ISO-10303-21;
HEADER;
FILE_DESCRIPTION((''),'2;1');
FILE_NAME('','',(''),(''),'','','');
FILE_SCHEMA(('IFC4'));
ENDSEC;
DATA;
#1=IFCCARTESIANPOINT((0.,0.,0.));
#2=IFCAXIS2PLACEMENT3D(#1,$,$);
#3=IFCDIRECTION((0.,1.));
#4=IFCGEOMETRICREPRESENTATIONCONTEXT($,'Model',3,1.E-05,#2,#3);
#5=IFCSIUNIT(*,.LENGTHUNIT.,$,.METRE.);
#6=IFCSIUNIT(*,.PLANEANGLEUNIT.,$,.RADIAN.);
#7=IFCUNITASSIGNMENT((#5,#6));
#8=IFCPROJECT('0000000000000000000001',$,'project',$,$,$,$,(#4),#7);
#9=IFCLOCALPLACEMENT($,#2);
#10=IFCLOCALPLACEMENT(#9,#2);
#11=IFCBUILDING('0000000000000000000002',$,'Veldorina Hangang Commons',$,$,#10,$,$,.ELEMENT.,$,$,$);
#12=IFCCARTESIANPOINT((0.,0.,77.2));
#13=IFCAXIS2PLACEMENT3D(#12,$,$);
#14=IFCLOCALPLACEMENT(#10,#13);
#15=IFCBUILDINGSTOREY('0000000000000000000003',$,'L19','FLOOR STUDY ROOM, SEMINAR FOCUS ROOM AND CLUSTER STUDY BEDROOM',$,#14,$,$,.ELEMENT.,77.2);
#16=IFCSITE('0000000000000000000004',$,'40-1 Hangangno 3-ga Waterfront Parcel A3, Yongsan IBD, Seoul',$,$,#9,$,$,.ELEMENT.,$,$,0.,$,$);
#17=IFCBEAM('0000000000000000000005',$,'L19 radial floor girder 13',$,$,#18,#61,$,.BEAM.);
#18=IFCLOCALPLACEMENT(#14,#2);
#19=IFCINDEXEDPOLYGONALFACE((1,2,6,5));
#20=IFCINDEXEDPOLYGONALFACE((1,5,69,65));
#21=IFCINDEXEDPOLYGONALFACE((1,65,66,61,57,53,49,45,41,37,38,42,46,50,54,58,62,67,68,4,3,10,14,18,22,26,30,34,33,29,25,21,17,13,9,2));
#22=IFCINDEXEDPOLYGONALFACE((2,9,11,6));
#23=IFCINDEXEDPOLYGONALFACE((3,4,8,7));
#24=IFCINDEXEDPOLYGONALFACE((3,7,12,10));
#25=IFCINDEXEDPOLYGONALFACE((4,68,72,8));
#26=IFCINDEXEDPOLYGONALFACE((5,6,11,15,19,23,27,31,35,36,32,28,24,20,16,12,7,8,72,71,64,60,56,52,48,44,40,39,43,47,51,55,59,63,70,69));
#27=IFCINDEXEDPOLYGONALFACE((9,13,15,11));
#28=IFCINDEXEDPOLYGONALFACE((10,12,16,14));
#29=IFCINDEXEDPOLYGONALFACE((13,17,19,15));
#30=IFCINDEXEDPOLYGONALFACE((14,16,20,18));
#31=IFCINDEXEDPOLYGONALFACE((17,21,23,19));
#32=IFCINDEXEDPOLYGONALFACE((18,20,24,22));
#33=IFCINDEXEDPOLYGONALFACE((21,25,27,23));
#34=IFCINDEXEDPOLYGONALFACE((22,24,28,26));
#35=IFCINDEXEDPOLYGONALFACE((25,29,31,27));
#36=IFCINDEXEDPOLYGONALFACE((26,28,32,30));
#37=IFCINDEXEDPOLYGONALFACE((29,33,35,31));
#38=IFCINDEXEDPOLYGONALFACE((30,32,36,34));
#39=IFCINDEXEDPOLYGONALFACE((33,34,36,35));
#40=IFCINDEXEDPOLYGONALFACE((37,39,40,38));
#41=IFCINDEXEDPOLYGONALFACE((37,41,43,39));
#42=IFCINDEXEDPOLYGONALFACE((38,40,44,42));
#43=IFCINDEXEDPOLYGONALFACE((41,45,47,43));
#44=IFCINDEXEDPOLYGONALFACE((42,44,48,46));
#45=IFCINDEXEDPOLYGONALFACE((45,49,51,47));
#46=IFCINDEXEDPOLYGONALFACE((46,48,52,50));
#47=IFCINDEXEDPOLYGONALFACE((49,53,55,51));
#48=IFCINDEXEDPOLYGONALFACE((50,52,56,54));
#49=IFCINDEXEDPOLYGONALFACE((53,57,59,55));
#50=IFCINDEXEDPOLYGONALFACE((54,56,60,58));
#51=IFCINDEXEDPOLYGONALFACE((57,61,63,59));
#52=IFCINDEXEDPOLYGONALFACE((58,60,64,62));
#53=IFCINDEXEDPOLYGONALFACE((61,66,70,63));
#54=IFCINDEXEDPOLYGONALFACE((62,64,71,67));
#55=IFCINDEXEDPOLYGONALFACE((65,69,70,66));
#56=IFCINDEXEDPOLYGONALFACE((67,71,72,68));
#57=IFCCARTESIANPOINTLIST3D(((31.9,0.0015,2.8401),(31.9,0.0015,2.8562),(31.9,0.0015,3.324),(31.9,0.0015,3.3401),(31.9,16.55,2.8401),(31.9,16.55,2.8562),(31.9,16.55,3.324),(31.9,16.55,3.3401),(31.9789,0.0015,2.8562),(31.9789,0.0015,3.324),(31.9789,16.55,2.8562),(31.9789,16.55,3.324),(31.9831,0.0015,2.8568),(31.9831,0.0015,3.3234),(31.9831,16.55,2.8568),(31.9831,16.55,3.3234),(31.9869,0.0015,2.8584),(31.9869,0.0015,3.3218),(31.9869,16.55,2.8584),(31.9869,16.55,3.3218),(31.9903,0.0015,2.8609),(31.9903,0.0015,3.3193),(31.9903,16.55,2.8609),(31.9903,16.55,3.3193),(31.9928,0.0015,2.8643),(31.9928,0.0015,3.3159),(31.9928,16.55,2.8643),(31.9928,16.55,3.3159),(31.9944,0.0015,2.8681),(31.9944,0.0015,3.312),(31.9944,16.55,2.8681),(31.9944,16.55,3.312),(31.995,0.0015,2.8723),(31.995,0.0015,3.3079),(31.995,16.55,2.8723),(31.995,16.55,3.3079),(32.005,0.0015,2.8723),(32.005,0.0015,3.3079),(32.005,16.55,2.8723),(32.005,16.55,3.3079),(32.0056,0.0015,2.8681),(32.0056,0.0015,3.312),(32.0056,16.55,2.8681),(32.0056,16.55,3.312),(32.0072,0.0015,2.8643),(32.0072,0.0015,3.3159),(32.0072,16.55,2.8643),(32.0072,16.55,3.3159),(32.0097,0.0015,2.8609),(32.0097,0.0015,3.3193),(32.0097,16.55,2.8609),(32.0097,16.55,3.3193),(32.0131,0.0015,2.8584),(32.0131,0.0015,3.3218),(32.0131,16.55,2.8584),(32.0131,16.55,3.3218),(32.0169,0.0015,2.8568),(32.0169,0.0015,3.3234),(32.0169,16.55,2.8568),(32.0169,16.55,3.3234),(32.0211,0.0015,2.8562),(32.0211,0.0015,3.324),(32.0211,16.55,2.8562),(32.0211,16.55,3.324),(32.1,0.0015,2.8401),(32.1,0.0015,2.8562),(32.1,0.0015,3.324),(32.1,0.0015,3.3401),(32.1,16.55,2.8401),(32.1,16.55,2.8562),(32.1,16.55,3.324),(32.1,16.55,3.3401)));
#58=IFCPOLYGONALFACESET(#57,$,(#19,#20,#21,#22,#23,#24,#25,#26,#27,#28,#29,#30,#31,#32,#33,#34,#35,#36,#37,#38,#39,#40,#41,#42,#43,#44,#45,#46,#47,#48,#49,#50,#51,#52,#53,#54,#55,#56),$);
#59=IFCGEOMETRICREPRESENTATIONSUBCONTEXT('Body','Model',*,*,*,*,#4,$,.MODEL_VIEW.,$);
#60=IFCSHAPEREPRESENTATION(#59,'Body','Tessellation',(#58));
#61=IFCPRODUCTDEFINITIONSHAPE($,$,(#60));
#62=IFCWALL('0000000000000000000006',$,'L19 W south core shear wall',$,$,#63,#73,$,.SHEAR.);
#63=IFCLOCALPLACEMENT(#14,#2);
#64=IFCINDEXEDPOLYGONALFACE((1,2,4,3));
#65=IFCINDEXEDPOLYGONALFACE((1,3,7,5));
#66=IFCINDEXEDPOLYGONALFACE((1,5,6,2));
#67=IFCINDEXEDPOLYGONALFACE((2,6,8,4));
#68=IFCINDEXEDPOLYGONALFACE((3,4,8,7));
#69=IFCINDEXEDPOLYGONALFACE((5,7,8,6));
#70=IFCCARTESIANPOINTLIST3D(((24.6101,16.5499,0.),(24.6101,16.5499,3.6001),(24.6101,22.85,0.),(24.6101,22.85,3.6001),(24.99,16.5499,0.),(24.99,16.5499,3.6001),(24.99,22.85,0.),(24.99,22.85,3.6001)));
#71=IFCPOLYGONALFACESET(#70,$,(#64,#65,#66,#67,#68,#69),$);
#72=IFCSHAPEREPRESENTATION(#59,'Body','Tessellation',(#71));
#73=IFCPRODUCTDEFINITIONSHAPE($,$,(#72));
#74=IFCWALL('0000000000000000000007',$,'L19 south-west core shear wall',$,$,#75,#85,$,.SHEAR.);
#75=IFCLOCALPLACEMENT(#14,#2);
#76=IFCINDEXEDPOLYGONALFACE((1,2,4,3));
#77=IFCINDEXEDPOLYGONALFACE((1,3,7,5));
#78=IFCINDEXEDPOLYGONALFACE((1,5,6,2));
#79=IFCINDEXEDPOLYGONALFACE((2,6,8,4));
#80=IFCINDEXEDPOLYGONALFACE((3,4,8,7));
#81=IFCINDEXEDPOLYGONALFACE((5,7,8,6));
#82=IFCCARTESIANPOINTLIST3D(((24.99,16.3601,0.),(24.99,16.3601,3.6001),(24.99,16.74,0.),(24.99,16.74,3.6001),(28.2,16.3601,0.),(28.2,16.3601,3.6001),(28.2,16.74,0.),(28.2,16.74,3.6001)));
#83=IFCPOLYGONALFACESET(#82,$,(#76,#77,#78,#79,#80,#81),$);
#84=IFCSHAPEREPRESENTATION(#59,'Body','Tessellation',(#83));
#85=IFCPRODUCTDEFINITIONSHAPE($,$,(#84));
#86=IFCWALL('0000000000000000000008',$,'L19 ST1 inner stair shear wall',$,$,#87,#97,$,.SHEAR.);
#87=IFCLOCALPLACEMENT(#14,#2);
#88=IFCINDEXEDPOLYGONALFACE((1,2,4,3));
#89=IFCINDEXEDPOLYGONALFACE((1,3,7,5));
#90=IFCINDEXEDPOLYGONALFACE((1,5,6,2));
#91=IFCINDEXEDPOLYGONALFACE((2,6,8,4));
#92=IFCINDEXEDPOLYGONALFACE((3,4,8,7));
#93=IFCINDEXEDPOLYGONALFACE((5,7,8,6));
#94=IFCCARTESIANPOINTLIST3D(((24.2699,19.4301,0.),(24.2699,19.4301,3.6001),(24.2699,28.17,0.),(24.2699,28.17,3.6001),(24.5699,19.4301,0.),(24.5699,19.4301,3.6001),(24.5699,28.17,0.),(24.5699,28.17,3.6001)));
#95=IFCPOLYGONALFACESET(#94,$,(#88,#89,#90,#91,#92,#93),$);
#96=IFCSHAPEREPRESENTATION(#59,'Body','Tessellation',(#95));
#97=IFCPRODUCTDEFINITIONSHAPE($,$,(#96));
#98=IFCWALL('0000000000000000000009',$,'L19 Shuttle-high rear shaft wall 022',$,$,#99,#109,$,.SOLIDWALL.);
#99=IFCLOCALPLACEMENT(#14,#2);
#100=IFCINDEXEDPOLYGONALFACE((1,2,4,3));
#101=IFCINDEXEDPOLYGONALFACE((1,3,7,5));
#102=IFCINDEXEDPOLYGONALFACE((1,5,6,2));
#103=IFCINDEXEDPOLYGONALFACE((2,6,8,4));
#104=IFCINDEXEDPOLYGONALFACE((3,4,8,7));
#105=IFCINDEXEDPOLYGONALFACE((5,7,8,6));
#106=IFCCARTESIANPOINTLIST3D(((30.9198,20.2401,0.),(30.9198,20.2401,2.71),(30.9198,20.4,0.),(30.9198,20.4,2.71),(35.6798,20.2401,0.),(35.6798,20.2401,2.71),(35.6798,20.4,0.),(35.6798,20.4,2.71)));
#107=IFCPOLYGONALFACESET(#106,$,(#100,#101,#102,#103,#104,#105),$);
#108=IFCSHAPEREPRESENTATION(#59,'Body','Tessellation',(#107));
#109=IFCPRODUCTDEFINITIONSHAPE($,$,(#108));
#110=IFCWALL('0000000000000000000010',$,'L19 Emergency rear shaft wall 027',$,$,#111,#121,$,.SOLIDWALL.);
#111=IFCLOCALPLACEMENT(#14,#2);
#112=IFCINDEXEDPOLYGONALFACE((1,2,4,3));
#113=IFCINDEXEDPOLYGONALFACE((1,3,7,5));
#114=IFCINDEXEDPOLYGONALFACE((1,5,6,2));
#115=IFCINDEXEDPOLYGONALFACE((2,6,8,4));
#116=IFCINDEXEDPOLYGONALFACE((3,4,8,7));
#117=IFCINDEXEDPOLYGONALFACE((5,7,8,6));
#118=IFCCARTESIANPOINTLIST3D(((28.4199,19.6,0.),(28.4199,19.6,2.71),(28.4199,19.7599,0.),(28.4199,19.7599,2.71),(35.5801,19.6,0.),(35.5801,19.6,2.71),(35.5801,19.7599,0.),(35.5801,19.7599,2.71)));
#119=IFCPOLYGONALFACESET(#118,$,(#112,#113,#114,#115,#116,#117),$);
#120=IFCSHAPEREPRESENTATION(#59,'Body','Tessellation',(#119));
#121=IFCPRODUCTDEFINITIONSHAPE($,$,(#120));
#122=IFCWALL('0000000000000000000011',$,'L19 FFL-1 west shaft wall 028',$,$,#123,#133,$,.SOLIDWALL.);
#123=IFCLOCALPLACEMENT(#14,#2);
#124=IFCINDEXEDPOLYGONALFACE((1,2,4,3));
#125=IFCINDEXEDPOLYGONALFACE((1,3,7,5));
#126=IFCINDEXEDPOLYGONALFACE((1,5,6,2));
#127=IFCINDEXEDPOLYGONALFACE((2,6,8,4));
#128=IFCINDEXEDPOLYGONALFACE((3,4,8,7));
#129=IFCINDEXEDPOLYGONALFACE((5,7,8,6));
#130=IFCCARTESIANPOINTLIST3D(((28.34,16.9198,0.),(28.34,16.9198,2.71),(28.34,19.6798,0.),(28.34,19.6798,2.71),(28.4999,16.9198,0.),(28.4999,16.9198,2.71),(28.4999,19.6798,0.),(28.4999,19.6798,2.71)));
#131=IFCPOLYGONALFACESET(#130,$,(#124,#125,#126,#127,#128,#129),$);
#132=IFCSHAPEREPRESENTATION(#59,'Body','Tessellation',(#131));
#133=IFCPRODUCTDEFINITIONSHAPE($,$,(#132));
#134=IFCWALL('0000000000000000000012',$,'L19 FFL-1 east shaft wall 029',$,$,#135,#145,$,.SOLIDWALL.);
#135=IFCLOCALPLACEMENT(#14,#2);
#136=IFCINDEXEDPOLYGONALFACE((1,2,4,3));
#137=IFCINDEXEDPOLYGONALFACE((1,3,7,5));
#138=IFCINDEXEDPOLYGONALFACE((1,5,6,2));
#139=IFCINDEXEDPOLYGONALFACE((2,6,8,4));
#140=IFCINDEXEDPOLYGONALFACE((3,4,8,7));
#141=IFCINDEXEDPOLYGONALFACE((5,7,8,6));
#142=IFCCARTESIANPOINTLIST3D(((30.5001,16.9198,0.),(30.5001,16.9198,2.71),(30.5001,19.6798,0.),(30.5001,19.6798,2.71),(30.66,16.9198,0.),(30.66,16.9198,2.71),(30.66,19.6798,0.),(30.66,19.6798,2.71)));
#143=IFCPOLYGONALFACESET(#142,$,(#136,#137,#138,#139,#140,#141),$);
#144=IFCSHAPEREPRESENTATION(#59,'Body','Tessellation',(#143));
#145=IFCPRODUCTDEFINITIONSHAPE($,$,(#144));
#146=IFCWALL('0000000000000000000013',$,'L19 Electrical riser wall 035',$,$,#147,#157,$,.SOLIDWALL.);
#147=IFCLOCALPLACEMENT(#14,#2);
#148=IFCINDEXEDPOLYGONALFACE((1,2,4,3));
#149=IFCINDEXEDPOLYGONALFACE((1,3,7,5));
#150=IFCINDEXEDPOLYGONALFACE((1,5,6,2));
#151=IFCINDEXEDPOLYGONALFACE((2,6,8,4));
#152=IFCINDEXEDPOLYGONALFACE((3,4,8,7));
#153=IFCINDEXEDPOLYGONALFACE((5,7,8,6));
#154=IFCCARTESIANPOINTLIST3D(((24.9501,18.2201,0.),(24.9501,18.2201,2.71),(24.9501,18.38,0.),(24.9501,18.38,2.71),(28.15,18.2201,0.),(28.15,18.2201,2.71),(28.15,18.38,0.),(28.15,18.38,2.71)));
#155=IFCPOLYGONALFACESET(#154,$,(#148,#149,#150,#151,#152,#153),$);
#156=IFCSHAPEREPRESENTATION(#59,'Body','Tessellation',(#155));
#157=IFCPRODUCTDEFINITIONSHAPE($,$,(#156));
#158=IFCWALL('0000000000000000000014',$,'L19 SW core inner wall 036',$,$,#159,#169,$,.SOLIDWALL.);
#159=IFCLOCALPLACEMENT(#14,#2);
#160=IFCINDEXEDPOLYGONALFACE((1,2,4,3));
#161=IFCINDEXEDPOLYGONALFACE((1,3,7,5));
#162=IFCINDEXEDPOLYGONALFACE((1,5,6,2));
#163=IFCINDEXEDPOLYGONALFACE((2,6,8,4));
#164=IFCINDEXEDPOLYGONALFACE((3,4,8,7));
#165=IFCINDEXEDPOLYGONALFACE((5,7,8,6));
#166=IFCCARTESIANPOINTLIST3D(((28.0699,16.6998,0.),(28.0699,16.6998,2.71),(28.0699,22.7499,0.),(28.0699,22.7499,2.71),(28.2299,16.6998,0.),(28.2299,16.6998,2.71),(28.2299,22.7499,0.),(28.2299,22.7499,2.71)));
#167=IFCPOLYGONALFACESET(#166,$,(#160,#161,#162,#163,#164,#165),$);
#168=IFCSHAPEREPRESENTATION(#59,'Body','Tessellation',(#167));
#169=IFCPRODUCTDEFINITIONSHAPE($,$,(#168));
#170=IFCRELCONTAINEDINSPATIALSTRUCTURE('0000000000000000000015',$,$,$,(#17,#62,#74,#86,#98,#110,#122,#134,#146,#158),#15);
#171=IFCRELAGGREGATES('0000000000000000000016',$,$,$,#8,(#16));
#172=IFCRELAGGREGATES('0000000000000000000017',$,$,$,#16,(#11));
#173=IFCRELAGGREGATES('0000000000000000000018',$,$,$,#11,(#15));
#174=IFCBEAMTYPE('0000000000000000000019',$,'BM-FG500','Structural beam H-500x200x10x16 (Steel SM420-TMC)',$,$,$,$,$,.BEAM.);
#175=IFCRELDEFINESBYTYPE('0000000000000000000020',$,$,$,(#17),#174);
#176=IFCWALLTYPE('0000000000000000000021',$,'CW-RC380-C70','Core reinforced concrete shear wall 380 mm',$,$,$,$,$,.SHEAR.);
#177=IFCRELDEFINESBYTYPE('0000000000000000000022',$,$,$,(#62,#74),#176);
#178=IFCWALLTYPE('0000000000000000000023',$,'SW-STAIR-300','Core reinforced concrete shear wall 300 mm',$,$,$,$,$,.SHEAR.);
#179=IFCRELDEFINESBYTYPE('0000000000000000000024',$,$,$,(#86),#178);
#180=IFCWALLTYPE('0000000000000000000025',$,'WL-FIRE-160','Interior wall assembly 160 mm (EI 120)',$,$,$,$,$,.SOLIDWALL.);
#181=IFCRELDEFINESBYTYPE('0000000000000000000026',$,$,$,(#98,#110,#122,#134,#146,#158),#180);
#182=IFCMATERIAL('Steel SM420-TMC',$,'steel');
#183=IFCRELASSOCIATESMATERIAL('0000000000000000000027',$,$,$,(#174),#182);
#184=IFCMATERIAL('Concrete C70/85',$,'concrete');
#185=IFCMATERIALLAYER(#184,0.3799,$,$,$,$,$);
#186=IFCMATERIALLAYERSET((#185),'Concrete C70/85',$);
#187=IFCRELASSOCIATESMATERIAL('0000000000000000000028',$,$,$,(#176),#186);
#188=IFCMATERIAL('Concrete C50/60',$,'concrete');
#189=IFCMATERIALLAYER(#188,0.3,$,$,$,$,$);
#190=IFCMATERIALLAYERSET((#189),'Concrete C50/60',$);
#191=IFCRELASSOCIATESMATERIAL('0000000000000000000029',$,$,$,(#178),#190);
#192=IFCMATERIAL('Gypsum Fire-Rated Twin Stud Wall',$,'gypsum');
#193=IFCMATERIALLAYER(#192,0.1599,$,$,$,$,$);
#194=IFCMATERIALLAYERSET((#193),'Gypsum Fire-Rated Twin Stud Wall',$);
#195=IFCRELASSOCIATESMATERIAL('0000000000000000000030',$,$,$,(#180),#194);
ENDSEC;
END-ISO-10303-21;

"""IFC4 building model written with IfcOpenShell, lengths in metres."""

from ifc_helpers import new_model, si_unit, direction, frame, frame_2d, origin, origin_2d, place, context, subcontext, project, spatial, rectangle, i_section, extrude, material, layer, layer_set, material_profile, profile_set, type_object, element, save


model = new_model("IFC4")

# Units and contexts
model_context = context("Model", 3, precision=1e-05, world=origin(), true_north=direction((0.0, 1.0)))
body_context = subcontext(model_context, "Body", "Model", "MODEL_VIEW")
ifc_project = project(units=[si_unit("LENGTHUNIT", "METRE"), si_unit("PLANEANGLEUNIT", "RADIAN")], contexts=[model_context])

# Site, building, storey
site_placement = place(None, origin())
site = spatial("IfcSite", under=ifc_project, at=site_placement, Name="40-1 Hangangno 3-ga Waterfront Parcel A3, Yongsan IBD, Seoul", CompositionType="ELEMENT", RefElevation=0.0)
building_placement = place(site_placement, origin())
building = spatial("IfcBuilding", under=site, at=building_placement, Name="Veldorina Hangang Commons", CompositionType="ELEMENT")
storey_placement = place(building_placement, frame((0.0, 0.0, 77.2)))
storey = spatial("IfcBuildingStorey", under=building, at=storey_placement, Name="L19", Description="FLOOR STUDY ROOM, SEMINAR FOCUS ROOM AND CLUSTER STUDY BEDROOM", CompositionType="ELEMENT", Elevation=77.2)

# Beam
ifc_material_1 = material(Name="Concrete C70/85", Category="concrete")
ifc_material_2 = material(Name="Steel SM420-TMC", Category="steel")
ifc_material_profile_1 = material_profile(ifc_material_2, i_section(OverallWidth=0.2, OverallDepth=0.5, WebThickness=0.01, FlangeThickness=0.0161, FilletRadius=0.0161, at=origin_2d()), Name="H-500x200x10x16")
ifc_profile_set_1 = profile_set([ifc_material_profile_1], Name="Steel SM420-TMC")
beam_type_1 = type_object("IfcBeamType", Name="BM-FG500", Description="Structural beam H-500x200x10x16 (Steel SM420-TMC)", PredefinedType="BEAM", material=ifc_profile_set_1)
beam_1_placement = place(storey_placement, frame((32.0, 16.55, 3.0901), z_axis=(0.0, -1.0, 0.0), x_axis=(1.0, 0.0, 0.0)))
element("IfcBeam", 1, at=beam_1_placement, inside=storey, type_object=beam_type_1, Name="L19 radial floor girder 13", PredefinedType="BEAM", context=body_context, shape_type="SweptSolid", body=[
    extrude(i_section(OverallWidth=0.2, OverallDepth=0.5, WebThickness=0.01, FlangeThickness=0.0161, FilletRadius=0.0161, at=origin_2d()), origin(), (0.0, 0.0, 1.0), 16.5486),
])

# Walls
ifc_layer_1 = layer(ifc_material_1, 0.3799)
ifc_layer_set_1 = layer_set([ifc_layer_1], Name="Concrete C70/85")
wall_type_1 = type_object("IfcWallType", Name="CW-RC380-C70", Description="Core reinforced concrete shear wall 380 mm", PredefinedType="SHEAR", material=ifc_layer_set_1)
wall_1_placement = place(storey_placement, frame((24.8, 16.55, 0.0), z_axis=(0.0, 0.0, 1.0), x_axis=(0.0, 1.0, 0.0)))
element("IfcWall", 2, at=wall_1_placement, inside=storey, type_object=wall_type_1, Name="L19 W south core shear wall", PredefinedType="SHEAR", context=body_context, shape_type="SweptSolid", body=[
    extrude(rectangle(XDim=6.3, YDim=0.3799, at=frame_2d((3.1499, 0.0))), origin(), (0.0, 0.0, 1.0), 3.6001),
])
wall_2_placement = place(storey_placement, frame((24.99, 16.55, 0.0), z_axis=(0.0, 0.0, 1.0), x_axis=(1.0, 0.0, 0.0)))
element("IfcWall", 3, at=wall_2_placement, inside=storey, type_object=wall_type_1, Name="L19 south-west core shear wall", PredefinedType="SHEAR", context=body_context, shape_type="SweptSolid", body=[
    extrude(rectangle(XDim=3.21, YDim=0.3799, at=frame_2d((1.605, 0.0))), origin(), (0.0, 0.0, 1.0), 3.6001),
])
ifc_material_3 = material(Name="Concrete C50/60", Category="concrete")
ifc_layer_2 = layer(ifc_material_3, 0.3)
ifc_layer_set_2 = layer_set([ifc_layer_2], Name="Concrete C50/60")
wall_type_2 = type_object("IfcWallType", Name="SW-STAIR-300", Description="Core reinforced concrete shear wall 300 mm", PredefinedType="SHEAR", material=ifc_layer_set_2)
wall_3_placement = place(storey_placement, frame((24.4199, 19.4299, 0.0), z_axis=(0.0, 0.0, 1.0), x_axis=(0.0, 1.0, 0.0)))
element("IfcWall", 4, at=wall_3_placement, inside=storey, type_object=wall_type_2, Name="L19 ST1 inner stair shear wall", PredefinedType="SHEAR", context=body_context, shape_type="SweptSolid", body=[
    extrude(rectangle(XDim=8.74, YDim=0.3, at=frame_2d((4.3701, 0.0))), origin(), (0.0, 0.0, 1.0), 3.6001),
])
ifc_material_4 = material(Name="Gypsum Fire-Rated Twin Stud Wall", Category="gypsum")
ifc_layer_3 = layer(ifc_material_4, 0.1599)
ifc_layer_set_3 = layer_set([ifc_layer_3], Name="Gypsum Fire-Rated Twin Stud Wall")
wall_type_3 = type_object("IfcWallType", Name="WL-FIRE-160", Description="Interior wall assembly 160 mm (EI 120)", PredefinedType="SOLIDWALL", material=ifc_layer_set_3)
wall_4_placement = place(storey_placement, frame((30.9199, 20.3201, 0.0), z_axis=(0.0, 0.0, 1.0), x_axis=(1.0, 0.0, 0.0)))
element("IfcWall", 5, at=wall_4_placement, inside=storey, type_object=wall_type_3, Name="L19 Shuttle-high rear shaft wall 022", PredefinedType="SOLIDWALL", context=body_context, shape_type="SweptSolid", body=[
    extrude(rectangle(XDim=4.76, YDim=0.1599, at=frame_2d((2.3799, 0.0))), origin(), (0.0, 0.0, 1.0), 2.71),
])

# Walls
wall_5_placement = place(storey_placement, frame((28.4199, 19.6799, 0.0), z_axis=(0.0, 0.0, 1.0), x_axis=(1.0, 0.0, 0.0)))
element("IfcWall", 6, at=wall_5_placement, inside=storey, type_object=wall_type_3, Name="L19 Emergency rear shaft wall 027", PredefinedType="SOLIDWALL", context=body_context, shape_type="SweptSolid", body=[
    extrude(rectangle(XDim=7.1602, YDim=0.1599, at=frame_2d((3.5801, 0.0))), origin(), (0.0, 0.0, 1.0), 2.71),
])
for number, where, z_axis, x_axis, name in (
    (7, (28.4199, 16.9199, 0.0), (0.0, 0.0, 1.0), (0.0, 1.0, 0.0), "L19 FFL-1 west shaft wall 028"),
    (8, (30.5801, 16.9199, 0.0), (0.0, 0.0, 1.0), (0.0, 1.0, 0.0), "L19 FFL-1 east shaft wall 029"),
):
    element("IfcWall", number, at=place(storey_placement, frame(where, z_axis=z_axis, x_axis=x_axis)), inside=storey, type_object=wall_type_3, Name=name, PredefinedType="SOLIDWALL", context=body_context, shape_type="SweptSolid", body=[
        extrude(rectangle(XDim=2.76, YDim=0.1599, at=frame_2d((1.3799, 0.0))), origin(), (0.0, 0.0, 1.0), 2.71),
    ])
wall_6_placement = place(storey_placement, frame((24.95, 18.3, 0.0), z_axis=(0.0, 0.0, 1.0), x_axis=(1.0, 0.0, 0.0)))
element("IfcWall", 9, at=wall_6_placement, inside=storey, type_object=wall_type_3, Name="L19 Electrical riser wall 035", PredefinedType="SOLIDWALL", context=body_context, shape_type="SweptSolid", body=[
    extrude(rectangle(XDim=3.2, YDim=0.1599, at=frame_2d((1.6001, 0.0))), origin(), (0.0, 0.0, 1.0), 2.71),
])
wall_7_placement = place(storey_placement, frame((28.1499, 16.7, 0.0), z_axis=(0.0, 0.0, 1.0), x_axis=(0.0, 1.0, 0.0)))
element("IfcWall", 10, at=wall_7_placement, inside=storey, type_object=wall_type_3, Name="L19 SW core inner wall 036", PredefinedType="SOLIDWALL", context=body_context, shape_type="SweptSolid", body=[
    extrude(rectangle(XDim=6.05, YDim=0.1599, at=frame_2d((3.0249, 0.0))), origin(), (0.0, 0.0, 1.0), 2.71),
])

save(model, "model.ifc")
